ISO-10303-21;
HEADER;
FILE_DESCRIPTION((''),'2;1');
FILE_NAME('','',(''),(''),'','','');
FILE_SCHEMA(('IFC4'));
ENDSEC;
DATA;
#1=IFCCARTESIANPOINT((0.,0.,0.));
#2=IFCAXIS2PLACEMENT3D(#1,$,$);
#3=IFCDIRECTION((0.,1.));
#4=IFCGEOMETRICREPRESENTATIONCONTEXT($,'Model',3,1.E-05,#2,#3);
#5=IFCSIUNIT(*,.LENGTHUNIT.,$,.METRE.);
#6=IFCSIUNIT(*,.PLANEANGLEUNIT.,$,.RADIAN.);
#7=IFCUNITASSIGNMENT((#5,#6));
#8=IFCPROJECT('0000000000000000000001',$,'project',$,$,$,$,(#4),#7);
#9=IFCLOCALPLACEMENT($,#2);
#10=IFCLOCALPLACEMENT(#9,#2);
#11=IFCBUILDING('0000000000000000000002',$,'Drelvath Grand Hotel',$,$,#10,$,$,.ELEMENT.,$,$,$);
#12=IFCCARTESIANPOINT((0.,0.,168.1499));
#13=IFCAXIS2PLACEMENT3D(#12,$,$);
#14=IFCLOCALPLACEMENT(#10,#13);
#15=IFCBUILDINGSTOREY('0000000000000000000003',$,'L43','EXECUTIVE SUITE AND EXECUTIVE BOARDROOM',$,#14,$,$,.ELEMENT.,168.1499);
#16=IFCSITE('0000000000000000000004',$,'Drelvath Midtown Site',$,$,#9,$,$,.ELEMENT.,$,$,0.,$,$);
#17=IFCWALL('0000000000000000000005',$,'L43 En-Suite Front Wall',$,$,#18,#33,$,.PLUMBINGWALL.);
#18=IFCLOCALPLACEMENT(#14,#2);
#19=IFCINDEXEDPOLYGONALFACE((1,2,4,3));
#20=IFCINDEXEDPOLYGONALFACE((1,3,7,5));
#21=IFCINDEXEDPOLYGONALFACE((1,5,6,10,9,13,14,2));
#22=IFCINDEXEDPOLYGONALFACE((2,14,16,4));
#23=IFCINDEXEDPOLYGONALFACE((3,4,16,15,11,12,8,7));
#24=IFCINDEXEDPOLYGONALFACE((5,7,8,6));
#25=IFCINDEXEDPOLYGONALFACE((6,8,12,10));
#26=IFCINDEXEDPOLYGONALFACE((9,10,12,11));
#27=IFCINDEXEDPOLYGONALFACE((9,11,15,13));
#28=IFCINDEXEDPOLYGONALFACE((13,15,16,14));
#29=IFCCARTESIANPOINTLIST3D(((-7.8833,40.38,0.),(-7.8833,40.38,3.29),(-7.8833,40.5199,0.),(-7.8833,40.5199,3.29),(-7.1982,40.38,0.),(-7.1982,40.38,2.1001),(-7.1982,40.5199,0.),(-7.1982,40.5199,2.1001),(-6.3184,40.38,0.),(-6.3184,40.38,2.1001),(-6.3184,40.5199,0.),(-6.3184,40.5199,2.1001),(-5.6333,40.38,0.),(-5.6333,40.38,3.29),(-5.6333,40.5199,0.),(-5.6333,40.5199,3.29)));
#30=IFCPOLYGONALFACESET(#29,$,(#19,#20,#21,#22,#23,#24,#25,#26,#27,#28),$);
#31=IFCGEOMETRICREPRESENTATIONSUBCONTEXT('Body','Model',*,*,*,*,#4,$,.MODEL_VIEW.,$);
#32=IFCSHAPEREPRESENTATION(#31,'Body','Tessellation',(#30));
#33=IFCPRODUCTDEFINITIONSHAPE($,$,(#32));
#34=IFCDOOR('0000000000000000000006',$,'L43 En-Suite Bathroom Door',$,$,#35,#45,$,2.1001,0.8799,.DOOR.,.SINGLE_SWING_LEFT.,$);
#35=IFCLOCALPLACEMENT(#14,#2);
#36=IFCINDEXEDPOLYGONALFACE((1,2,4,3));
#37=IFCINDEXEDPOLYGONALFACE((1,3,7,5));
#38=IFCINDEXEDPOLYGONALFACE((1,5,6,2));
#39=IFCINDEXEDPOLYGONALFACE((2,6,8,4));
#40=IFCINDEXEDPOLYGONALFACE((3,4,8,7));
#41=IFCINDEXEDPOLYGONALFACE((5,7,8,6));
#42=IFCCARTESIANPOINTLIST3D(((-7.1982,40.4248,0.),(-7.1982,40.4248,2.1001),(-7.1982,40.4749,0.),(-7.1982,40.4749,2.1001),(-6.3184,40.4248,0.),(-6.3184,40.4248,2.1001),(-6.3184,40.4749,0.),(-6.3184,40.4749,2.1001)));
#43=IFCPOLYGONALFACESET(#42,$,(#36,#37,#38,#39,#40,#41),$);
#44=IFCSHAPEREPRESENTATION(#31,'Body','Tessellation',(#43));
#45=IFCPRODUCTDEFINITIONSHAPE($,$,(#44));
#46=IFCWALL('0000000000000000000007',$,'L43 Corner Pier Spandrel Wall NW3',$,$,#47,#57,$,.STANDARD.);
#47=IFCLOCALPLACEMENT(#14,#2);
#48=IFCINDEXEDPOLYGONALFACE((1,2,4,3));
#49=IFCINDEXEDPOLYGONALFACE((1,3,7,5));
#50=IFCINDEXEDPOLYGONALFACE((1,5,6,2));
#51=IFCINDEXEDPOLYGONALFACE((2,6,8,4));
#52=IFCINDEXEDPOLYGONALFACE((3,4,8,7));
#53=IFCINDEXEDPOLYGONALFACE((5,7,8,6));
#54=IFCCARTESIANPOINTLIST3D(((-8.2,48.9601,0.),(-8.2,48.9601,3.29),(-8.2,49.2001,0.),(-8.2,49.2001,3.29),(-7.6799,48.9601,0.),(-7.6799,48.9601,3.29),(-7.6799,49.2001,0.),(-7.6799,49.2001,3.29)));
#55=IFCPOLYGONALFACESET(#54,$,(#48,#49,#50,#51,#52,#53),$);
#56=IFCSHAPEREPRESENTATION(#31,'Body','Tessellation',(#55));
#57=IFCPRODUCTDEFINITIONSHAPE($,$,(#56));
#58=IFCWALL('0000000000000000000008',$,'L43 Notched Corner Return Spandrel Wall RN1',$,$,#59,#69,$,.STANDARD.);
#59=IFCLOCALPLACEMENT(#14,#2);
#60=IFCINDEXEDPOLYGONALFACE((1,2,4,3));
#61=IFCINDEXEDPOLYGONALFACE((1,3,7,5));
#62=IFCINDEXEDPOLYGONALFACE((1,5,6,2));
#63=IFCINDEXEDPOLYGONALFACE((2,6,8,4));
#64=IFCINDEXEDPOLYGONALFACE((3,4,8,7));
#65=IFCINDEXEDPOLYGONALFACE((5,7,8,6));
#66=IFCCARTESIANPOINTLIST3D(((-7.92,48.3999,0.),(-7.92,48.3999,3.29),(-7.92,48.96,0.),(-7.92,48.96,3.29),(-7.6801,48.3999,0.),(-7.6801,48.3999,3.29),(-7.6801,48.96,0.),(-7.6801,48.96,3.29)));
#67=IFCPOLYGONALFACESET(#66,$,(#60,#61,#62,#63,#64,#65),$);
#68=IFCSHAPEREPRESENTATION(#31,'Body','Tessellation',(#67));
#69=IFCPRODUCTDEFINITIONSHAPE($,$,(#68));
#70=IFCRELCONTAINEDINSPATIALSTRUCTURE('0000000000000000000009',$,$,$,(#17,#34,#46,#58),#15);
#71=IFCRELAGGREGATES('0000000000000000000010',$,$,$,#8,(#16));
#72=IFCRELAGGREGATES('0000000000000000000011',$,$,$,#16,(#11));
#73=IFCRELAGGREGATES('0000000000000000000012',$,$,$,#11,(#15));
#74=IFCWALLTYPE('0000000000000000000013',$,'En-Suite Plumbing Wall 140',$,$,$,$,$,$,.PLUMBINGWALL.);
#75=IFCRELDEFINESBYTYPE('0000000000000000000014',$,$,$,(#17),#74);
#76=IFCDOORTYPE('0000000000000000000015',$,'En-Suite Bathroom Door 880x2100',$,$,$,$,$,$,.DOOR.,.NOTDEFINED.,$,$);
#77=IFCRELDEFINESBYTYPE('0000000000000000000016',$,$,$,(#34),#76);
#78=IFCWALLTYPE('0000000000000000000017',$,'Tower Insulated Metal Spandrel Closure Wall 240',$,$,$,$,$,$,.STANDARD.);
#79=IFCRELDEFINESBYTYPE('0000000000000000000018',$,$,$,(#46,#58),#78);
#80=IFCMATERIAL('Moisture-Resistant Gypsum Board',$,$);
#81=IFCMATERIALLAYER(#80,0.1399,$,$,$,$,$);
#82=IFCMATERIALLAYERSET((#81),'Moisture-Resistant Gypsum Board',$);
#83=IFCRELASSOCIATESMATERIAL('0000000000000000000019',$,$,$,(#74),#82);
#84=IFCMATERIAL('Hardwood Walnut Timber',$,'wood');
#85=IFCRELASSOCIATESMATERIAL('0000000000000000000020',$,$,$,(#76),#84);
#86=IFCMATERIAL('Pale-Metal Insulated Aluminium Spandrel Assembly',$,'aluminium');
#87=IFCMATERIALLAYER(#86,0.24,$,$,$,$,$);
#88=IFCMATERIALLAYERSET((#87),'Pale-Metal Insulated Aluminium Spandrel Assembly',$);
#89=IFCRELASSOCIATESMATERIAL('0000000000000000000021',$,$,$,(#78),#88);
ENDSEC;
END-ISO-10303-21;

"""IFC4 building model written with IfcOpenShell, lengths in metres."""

from ifc_helpers import new_model, si_unit, direction, frame, frame_2d, origin, place, context, subcontext, project, spatial, rectangle, extrude, material, layer, layer_set, type_object, element, fill, save


model = new_model("IFC4")

# Units and contexts
model_context = context("Model", 3, precision=1e-05, world=origin(), true_north=direction((0.0, 1.0)))
body_context = subcontext(model_context, "Body", "Model", "MODEL_VIEW")
ifc_project = project(units=[si_unit("LENGTHUNIT", "METRE"), si_unit("PLANEANGLEUNIT", "RADIAN")], contexts=[model_context])

# Site, building, storey
site_placement = place(None, origin())
site = spatial("IfcSite", under=ifc_project, at=site_placement, Name="Drelvath Midtown Site", CompositionType="ELEMENT", RefElevation=0.0)
building_placement = place(site_placement, origin())
building = spatial("IfcBuilding", under=site, at=building_placement, Name="Drelvath Grand Hotel", CompositionType="ELEMENT")
storey_placement = place(building_placement, frame((0.0, 0.0, 168.1499)))
storey = spatial("IfcBuildingStorey", under=building, at=storey_placement, Name="L43", Description="EXECUTIVE SUITE AND EXECUTIVE BOARDROOM", CompositionType="ELEMENT", Elevation=168.1499)

# Wall, opening, door
ifc_material_1 = material(Name="Moisture-Resistant Gypsum Board")
ifc_layer_1 = layer(ifc_material_1, 0.1399)
ifc_layer_set_1 = layer_set([ifc_layer_1], Name="Moisture-Resistant Gypsum Board")
wall_type_1 = type_object("IfcWallType", Name="En-Suite Plumbing Wall 140", PredefinedType="PLUMBINGWALL", material=ifc_layer_set_1)
wall_1_placement = place(storey_placement, frame((-7.8833, 40.45, 0.0), z_axis=(0.0, 0.0, 1.0), x_axis=(1.0, 0.0, 0.0)))
wall_1 = element("IfcWall", 1, at=wall_1_placement, inside=storey, type_object=wall_type_1, Name="L43 En-Suite Front Wall", PredefinedType="PLUMBINGWALL", context=body_context, shape_type="SweptSolid", body=[
    extrude(rectangle(XDim=2.25, YDim=0.1399, at=frame_2d((1.125, 0.0))), origin(), (0.0, 0.0, 1.0), 3.29),
])
opening_placement = place(wall_1_placement, frame((0.6851, 0.0, 0.0)))
opening = element("IfcOpeningElement", 2, at=opening_placement, cuts=wall_1, PredefinedType="OPENING", context=body_context, shape_type="SweptSolid", body=[
    extrude(rectangle(XDim=0.8799, YDim=2.1001, at=frame_2d((0.4399, 1.05))), frame((0.0, 0.0798, 0.0), z_axis=(0.0, -1.0, 0.0), x_axis=(1.0, 0.0, 0.0)), (0.0, 0.0, 1.0), 0.1599),
])
ifc_material_2 = material(Name="Hardwood Walnut Timber", Category="wood")
door_type = type_object("IfcDoorType", Name="En-Suite Bathroom Door 880x2100", OperationType="NOTDEFINED", PredefinedType="DOOR", material=ifc_material_2)
door_placement = place(opening_placement, origin())
door = element("IfcDoor", 3, at=door_placement, inside=storey, type_object=door_type, Name="L43 En-Suite Bathroom Door", OperationType="SINGLE_SWING_LEFT", OverallHeight=2.1001, OverallWidth=0.8799, PredefinedType="DOOR", context=body_context, shape_type="SweptSolid", body=[
    extrude(rectangle(XDim=0.8799, YDim=2.1001, at=frame_2d((0.4399, 1.05))), frame((0.0, 0.0249, 0.0), z_axis=(0.0, -1.0, 0.0), x_axis=(1.0, 0.0, 0.0)), (0.0, 0.0, 1.0), 0.05),
])
fill(opening, door)

# Walls
ifc_material_3 = material(Name="Pale-Metal Insulated Aluminium Spandrel Assembly", Category="aluminium")
ifc_layer_2 = layer(ifc_material_3, 0.24)
ifc_layer_set_2 = layer_set([ifc_layer_2], Name="Pale-Metal Insulated Aluminium Spandrel Assembly")
wall_type_2 = type_object("IfcWallType", Name="Tower Insulated Metal Spandrel Closure Wall 240", PredefinedType="STANDARD", material=ifc_layer_set_2)
wall_2_placement = place(storey_placement, frame((-8.2, 49.0801, 0.0), z_axis=(0.0, 0.0, 1.0), x_axis=(1.0, 0.0, 0.0)))
element("IfcWall", 4, at=wall_2_placement, inside=storey, type_object=wall_type_2, Name="L43 Corner Pier Spandrel Wall NW3", PredefinedType="STANDARD", context=body_context, shape_type="SweptSolid", body=[
    extrude(rectangle(XDim=0.52, YDim=0.24, at=frame_2d((0.26, 0.0))), origin(), (0.0, 0.0, 1.0), 3.29),
])
wall_3_placement = place(storey_placement, frame((-7.8, 48.96, 0.0), z_axis=(0.0, 0.0, 1.0), x_axis=(0.0, -1.0, 0.0)))
element("IfcWall", 5, at=wall_3_placement, inside=storey, type_object=wall_type_2, Name="L43 Notched Corner Return Spandrel Wall RN1", PredefinedType="STANDARD", context=body_context, shape_type="SweptSolid", body=[
    extrude(rectangle(XDim=0.5601, YDim=0.24, at=frame_2d((0.28, 0.0))), origin(), (0.0, 0.0, 1.0), 3.29),
])

save(model, "model.ifc")
